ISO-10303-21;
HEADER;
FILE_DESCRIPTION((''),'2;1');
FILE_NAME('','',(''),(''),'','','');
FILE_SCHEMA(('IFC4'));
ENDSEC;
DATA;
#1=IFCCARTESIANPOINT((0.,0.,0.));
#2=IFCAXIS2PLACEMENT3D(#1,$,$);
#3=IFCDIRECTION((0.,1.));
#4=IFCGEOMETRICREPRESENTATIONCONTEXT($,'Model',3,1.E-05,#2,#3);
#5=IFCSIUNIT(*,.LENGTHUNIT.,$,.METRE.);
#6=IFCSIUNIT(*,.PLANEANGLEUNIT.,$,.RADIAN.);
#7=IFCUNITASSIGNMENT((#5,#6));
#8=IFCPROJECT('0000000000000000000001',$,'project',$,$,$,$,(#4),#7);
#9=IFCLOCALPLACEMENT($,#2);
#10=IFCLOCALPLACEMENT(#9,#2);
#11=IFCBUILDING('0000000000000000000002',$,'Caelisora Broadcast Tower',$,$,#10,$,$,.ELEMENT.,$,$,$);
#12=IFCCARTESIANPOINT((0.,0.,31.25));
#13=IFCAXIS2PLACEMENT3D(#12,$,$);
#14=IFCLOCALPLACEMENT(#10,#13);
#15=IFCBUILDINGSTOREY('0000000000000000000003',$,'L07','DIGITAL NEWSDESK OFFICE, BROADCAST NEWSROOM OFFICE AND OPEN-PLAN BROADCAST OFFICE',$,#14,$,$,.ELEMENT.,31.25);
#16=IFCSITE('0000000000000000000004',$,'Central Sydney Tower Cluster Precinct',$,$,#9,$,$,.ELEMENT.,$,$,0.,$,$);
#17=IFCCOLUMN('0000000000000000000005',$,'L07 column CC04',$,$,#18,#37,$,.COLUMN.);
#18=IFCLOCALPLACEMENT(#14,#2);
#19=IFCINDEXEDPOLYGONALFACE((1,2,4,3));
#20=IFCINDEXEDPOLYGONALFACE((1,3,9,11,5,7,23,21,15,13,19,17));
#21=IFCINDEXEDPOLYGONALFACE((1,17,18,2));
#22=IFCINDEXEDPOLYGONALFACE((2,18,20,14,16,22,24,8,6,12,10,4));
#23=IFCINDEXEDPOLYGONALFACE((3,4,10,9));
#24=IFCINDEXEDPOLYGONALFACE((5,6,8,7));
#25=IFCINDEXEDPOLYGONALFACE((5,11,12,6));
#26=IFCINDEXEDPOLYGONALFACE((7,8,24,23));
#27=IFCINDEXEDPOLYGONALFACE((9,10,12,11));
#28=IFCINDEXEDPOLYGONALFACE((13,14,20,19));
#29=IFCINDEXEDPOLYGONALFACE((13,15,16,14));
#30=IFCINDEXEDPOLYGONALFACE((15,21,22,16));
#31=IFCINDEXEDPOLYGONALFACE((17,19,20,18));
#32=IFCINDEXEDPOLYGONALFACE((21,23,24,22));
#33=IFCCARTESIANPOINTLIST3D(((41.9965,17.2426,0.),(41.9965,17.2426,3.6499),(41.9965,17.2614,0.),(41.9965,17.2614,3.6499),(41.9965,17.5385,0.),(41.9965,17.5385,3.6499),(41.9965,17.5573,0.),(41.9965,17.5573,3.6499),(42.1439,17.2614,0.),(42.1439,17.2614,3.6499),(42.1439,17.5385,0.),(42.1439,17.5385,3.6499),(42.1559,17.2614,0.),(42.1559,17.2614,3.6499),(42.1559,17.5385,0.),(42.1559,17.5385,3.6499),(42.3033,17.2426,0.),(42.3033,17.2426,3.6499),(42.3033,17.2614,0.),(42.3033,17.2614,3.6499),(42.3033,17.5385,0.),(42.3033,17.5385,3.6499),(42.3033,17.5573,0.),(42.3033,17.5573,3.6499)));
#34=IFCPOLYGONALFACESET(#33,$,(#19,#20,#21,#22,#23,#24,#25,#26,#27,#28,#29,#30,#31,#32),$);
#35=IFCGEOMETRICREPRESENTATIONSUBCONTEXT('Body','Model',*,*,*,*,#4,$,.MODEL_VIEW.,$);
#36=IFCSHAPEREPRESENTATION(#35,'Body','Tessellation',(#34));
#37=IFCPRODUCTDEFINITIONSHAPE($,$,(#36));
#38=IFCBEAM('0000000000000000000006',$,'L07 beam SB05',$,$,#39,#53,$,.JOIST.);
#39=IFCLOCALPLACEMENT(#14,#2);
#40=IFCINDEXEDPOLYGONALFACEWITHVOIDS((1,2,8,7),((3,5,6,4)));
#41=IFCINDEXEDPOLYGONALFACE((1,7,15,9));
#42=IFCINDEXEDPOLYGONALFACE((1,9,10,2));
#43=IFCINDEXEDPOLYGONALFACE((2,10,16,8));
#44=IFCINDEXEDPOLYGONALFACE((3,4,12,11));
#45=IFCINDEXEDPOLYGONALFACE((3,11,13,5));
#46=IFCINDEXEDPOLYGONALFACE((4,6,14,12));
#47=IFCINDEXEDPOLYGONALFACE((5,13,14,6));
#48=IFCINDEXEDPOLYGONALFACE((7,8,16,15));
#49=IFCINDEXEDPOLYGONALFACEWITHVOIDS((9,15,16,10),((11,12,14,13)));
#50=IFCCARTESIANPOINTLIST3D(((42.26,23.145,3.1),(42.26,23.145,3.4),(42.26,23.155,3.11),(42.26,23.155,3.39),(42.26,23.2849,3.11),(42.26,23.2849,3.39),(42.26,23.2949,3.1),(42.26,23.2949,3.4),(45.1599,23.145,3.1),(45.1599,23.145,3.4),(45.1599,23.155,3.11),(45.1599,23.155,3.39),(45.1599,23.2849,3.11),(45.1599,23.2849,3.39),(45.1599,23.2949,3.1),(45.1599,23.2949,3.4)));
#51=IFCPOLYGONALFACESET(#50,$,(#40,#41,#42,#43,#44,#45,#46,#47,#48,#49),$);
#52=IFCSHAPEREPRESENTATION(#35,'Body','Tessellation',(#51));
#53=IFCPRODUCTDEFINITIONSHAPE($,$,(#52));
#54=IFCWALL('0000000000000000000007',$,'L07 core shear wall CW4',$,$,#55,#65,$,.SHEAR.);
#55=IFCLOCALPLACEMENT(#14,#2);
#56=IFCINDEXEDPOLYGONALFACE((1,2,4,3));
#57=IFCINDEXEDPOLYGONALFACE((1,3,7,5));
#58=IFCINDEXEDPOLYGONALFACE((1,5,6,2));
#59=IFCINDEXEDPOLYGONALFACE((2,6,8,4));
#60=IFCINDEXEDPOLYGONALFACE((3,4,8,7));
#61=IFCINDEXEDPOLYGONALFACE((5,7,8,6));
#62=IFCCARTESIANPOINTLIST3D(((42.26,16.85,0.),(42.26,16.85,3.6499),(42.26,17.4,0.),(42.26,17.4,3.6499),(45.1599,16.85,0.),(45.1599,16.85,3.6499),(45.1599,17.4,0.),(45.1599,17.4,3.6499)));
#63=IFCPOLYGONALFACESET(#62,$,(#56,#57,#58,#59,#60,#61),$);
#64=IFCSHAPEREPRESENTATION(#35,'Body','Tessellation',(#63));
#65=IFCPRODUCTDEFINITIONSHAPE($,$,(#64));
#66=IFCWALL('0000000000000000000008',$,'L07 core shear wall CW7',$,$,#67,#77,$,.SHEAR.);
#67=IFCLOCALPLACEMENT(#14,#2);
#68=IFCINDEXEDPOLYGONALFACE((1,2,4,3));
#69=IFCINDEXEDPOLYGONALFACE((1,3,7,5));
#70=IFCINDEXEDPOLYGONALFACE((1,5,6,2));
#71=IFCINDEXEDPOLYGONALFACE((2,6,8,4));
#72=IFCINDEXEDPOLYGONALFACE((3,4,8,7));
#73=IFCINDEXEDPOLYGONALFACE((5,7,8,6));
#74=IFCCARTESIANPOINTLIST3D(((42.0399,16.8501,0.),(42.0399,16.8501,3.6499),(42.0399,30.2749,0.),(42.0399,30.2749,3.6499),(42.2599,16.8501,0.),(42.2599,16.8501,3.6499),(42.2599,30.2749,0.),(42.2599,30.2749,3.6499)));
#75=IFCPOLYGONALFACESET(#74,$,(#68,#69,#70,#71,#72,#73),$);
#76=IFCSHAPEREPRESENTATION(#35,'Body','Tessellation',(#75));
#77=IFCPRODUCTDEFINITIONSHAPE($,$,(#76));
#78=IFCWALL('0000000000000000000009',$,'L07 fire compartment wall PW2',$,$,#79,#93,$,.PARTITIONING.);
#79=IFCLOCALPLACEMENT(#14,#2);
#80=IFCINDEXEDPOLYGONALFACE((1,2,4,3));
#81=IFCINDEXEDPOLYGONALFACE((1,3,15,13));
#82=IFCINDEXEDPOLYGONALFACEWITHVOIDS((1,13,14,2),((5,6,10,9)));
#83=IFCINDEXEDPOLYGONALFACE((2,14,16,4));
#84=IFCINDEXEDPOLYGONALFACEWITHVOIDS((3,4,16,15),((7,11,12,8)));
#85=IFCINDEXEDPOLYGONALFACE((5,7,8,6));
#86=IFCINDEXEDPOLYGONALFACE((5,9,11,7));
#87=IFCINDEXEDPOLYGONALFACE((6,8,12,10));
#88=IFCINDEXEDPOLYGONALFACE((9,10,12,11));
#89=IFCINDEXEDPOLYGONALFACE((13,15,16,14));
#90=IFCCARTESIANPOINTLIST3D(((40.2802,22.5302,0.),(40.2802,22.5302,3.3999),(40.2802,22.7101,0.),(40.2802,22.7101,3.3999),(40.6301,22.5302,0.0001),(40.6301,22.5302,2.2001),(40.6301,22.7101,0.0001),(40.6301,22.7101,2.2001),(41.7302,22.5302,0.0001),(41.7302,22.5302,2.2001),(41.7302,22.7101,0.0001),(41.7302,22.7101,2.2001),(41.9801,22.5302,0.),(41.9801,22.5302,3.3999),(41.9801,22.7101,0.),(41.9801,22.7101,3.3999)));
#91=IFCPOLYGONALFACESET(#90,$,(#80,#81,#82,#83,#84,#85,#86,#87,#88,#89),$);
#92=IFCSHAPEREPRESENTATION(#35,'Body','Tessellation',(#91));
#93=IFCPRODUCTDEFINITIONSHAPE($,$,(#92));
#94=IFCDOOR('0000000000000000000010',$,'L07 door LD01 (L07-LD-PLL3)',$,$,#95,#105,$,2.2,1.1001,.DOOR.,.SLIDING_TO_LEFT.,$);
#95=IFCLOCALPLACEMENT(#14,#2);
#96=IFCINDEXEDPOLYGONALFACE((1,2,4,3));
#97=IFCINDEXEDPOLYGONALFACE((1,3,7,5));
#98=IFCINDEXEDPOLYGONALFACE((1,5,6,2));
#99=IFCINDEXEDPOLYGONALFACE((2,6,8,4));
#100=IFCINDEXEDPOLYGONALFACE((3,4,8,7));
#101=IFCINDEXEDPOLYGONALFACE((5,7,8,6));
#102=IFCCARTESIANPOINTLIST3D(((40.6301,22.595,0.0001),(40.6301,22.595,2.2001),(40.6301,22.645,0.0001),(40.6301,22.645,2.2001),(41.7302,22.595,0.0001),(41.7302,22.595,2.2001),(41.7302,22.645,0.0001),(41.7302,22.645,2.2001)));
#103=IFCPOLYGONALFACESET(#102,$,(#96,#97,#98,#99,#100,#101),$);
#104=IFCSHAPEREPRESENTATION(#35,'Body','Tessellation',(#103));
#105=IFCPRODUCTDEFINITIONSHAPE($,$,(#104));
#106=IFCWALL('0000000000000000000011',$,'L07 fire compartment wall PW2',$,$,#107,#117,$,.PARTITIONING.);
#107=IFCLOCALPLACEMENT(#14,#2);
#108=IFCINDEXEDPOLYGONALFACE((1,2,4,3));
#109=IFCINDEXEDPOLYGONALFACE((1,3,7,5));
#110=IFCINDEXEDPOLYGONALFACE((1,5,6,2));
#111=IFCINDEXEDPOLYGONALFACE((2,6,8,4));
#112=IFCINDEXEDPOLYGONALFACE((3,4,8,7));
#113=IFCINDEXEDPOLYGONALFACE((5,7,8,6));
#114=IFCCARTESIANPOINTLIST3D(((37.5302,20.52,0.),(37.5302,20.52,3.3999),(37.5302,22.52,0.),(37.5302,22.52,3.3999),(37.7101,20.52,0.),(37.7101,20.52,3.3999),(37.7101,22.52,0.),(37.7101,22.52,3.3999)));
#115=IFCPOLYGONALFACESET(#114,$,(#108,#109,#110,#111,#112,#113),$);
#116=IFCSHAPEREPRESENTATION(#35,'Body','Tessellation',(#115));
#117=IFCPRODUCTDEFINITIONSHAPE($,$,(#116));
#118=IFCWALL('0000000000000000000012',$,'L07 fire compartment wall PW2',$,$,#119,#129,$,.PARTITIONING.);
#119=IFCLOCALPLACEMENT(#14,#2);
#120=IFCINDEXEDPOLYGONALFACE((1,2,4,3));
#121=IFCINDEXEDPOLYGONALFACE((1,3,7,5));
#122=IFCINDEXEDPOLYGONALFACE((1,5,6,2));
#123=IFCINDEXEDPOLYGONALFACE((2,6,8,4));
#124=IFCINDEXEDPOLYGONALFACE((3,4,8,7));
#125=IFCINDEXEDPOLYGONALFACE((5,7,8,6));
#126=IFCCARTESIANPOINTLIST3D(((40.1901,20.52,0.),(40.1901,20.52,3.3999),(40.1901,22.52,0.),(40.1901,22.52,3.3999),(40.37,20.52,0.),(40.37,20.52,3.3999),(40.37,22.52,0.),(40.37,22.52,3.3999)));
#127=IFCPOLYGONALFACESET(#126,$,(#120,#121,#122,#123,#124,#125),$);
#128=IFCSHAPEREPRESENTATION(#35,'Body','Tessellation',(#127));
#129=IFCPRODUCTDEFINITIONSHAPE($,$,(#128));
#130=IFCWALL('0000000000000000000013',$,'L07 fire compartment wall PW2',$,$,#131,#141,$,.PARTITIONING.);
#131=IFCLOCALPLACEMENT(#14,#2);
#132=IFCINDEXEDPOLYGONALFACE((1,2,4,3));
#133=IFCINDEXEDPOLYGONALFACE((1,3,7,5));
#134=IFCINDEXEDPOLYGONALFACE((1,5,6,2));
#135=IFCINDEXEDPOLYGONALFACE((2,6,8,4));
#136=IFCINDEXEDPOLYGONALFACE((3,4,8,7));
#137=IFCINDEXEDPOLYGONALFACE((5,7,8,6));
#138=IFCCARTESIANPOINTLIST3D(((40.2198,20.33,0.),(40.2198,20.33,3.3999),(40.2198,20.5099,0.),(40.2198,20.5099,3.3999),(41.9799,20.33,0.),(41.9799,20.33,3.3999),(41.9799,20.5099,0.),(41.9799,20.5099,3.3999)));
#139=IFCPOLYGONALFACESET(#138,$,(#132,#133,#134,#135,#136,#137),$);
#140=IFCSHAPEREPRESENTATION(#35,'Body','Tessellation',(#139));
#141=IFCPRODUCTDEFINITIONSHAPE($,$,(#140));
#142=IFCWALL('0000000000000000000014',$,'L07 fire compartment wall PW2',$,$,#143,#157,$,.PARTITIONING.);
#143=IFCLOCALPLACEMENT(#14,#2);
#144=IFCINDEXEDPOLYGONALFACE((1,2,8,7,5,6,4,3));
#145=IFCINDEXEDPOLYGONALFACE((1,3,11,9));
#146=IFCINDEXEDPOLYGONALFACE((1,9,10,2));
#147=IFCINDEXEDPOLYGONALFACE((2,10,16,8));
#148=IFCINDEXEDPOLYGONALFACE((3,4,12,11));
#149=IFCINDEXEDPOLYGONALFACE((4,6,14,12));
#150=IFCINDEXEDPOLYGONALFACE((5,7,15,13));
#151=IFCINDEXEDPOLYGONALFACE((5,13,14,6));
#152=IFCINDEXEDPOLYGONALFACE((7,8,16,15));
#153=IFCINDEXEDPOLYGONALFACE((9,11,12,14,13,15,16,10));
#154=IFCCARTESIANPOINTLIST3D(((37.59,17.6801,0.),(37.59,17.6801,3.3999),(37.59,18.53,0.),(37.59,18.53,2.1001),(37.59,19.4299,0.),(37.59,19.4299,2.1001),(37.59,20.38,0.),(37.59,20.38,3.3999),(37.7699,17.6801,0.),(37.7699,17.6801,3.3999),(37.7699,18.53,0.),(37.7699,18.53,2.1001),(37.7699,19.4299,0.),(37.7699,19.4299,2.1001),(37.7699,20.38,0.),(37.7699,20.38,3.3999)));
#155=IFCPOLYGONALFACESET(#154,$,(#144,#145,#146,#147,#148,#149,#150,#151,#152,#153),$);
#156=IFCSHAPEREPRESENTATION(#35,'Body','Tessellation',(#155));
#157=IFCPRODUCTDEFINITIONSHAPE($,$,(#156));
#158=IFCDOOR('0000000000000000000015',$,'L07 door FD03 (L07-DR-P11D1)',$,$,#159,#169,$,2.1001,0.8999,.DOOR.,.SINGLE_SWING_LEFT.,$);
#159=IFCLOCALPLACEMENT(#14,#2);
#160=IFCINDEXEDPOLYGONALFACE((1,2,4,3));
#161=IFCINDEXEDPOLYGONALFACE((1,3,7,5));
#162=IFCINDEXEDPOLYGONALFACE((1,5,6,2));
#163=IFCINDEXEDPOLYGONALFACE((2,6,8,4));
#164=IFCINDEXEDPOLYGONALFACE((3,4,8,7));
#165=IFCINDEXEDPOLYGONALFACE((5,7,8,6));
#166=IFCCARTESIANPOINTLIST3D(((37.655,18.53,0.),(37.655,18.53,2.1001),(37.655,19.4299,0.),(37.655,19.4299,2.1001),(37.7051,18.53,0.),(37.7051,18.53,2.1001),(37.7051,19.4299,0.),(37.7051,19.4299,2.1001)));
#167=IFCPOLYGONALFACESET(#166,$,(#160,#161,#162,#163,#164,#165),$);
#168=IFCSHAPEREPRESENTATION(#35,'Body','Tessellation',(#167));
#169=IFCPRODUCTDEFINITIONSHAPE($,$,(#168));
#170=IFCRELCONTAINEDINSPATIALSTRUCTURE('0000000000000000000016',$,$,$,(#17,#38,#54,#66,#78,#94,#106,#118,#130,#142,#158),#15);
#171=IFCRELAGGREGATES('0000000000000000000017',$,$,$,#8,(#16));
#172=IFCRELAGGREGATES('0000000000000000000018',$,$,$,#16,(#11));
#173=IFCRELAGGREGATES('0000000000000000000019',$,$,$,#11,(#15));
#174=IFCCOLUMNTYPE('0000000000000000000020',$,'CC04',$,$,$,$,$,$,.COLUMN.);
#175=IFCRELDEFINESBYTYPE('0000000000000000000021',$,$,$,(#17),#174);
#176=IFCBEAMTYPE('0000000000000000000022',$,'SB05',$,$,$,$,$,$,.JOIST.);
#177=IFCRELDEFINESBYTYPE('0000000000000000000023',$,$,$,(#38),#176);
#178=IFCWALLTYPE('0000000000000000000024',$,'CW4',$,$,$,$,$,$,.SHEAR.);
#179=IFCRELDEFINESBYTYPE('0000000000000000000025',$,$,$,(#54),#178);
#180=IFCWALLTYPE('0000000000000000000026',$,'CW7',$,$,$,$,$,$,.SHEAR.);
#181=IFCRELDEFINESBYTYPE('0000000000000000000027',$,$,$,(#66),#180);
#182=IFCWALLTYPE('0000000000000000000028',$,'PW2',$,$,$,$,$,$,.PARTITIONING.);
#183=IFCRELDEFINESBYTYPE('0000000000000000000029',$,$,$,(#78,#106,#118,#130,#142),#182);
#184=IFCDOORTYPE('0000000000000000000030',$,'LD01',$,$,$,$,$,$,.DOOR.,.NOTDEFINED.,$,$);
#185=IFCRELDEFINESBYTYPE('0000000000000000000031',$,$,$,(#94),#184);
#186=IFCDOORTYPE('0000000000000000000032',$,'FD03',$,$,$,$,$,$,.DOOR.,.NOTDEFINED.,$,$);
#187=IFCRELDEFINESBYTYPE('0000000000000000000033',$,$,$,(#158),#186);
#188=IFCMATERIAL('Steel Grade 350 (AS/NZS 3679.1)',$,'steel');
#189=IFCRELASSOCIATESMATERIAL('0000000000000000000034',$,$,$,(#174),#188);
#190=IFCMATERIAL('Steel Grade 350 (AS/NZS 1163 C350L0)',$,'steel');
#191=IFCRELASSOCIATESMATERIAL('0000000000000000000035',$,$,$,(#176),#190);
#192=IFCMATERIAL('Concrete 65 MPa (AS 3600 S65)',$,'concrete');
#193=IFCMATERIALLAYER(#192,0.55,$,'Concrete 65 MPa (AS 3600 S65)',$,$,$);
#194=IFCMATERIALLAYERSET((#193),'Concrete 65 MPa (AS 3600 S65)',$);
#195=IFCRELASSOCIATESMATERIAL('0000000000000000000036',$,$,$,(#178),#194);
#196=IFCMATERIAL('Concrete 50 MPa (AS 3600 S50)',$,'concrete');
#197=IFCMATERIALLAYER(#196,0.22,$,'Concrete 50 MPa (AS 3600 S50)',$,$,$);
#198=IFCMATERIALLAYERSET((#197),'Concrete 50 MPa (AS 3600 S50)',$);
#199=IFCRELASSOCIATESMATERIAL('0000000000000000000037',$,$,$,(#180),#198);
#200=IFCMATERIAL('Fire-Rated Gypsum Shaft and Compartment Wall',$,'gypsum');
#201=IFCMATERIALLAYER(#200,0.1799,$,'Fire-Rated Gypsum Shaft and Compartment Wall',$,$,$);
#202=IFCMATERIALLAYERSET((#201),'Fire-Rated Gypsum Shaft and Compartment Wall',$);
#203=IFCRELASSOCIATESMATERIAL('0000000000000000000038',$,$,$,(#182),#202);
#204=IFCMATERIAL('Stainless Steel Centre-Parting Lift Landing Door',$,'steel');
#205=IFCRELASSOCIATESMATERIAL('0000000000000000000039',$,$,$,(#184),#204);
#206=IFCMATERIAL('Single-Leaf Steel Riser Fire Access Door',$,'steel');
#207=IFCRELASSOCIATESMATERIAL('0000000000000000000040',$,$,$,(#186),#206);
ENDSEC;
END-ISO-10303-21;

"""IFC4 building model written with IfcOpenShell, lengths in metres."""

from ifc_helpers import new_model, si_unit, direction, frame, frame_2d, origin, origin_2d, place, context, subcontext, project, spatial, rectangle, hollow_rectangle, i_section, extrude, source, transform, mapped, material, layer, layer_set, material_profile, profile_set, type_object, type_shapes, element, fill, save


model = new_model("IFC4")

# Units and contexts
model_context = context("Model", 3, precision=1e-05, world=origin(), true_north=direction((0.0, 1.0)))
body_context = subcontext(model_context, "Body", "Model", "MODEL_VIEW")
ifc_project = project(units=[si_unit("LENGTHUNIT", "METRE"), si_unit("PLANEANGLEUNIT", "RADIAN")], contexts=[model_context])

# Site, building, storey
site_placement = place(None, origin())
site = spatial("IfcSite", under=ifc_project, at=site_placement, Name="Central Sydney Tower Cluster Precinct", CompositionType="ELEMENT", RefElevation=0.0)
building_placement = place(site_placement, origin())
building = spatial("IfcBuilding", under=site, at=building_placement, Name="Caelisora Broadcast Tower", CompositionType="ELEMENT")
storey_placement = place(building_placement, frame((0.0, 0.0, 31.25)))
storey = spatial("IfcBuildingStorey", under=building, at=storey_placement, Name="L07", Description="DIGITAL NEWSDESK OFFICE, BROADCAST NEWSROOM OFFICE AND OPEN-PLAN BROADCAST OFFICE", CompositionType="ELEMENT", Elevation=31.25)

# Column
ifc_material_1 = material(Name="Steel Grade 350 (AS/NZS 3679.1)", Category="steel")
ifc_material_profile_1 = material_profile(ifc_material_1, i_section(OverallWidth=0.3069, OverallDepth=0.3147, WebThickness=0.012, FlangeThickness=0.0188, at=origin_2d()), Name="Steel Grade 350 (AS/NZS 3679.1)")
ifc_profile_set_1 = profile_set([ifc_material_profile_1], Name="Steel Grade 350 (AS/NZS 3679.1)")
column_type = type_object("IfcColumnType", Name="CC04", PredefinedType="COLUMN", material=ifc_profile_set_1)
shared_shape_1 = source(origin(), body_context, "Body", "SweptSolid", [
    extrude(i_section(OverallWidth=0.3069, OverallDepth=0.3147, WebThickness=0.012, FlangeThickness=0.0188, at=origin_2d()), origin(), (0.0, 0.0, 1.0), 3.6499),
])
type_shapes(column_type, [shared_shape_1])
column_placement = place(storey_placement, frame((42.1499, 17.3999, 0.0), z_axis=(0.0, 0.0, 1.0), x_axis=(1.0, 0.0, 0.0)))
element("IfcColumn", 1, at=column_placement, inside=storey, type_object=column_type, Name="L07 column CC04", PredefinedType="COLUMN", context=body_context, shape_type="MappedRepresentation", body=[
    mapped(shared_shape_1, transform((0.0, 0.0, 0.0), scale=1.0)),
])

# Beam
ifc_material_2 = material(Name="Steel Grade 350 (AS/NZS 1163 C350L0)", Category="steel")
ifc_material_profile_2 = material_profile(ifc_material_2, hollow_rectangle(XDim=0.1499, YDim=0.3, WallThickness=0.01, at=origin_2d()), Name="Steel Grade 350 (AS/NZS 1163 C350L0)")
ifc_profile_set_2 = profile_set([ifc_material_profile_2], Name="Steel Grade 350 (AS/NZS 1163 C350L0)")
beam_type = type_object("IfcBeamType", Name="SB05", PredefinedType="JOIST", material=ifc_profile_set_2)
shared_shape_2 = source(origin(), body_context, "Body", "SweptSolid", [
    extrude(hollow_rectangle(XDim=0.1499, YDim=0.3, WallThickness=0.01, at=origin_2d()), origin(), (0.0, 0.0, 1.0), 2.8999),
])
type_shapes(beam_type, [shared_shape_2])
beam_placement = place(storey_placement, frame((42.26, 23.22, 3.25), z_axis=(1.0, 0.0, 0.0), x_axis=(0.0, 1.0, 0.0)))
element("IfcBeam", 2, at=beam_placement, inside=storey, type_object=beam_type, Name="L07 beam SB05", PredefinedType="JOIST", context=body_context, shape_type="MappedRepresentation", body=[
    mapped(shared_shape_2, transform((0.0, 0.0, 0.0), scale=1.0)),
])

# Shared definitions
ifc_material_3 = material(Name="Concrete 65 MPa (AS 3600 S65)", Category="concrete")

# Walls
ifc_layer_1 = layer(ifc_material_3, 0.55, Name="Concrete 65 MPa (AS 3600 S65)")
ifc_layer_set_1 = layer_set([ifc_layer_1], Name="Concrete 65 MPa (AS 3600 S65)")
wall_type_1 = type_object("IfcWallType", Name="CW4", PredefinedType="SHEAR", material=ifc_layer_set_1)
wall_1_placement = place(storey_placement, frame((42.26, 17.125, 0.0), z_axis=(0.0, 0.0, 1.0), x_axis=(1.0, 0.0, 0.0)))
element("IfcWall", 3, at=wall_1_placement, inside=storey, type_object=wall_type_1, Name="L07 core shear wall CW4", PredefinedType="SHEAR", context=body_context, shape_type="SweptSolid", body=[
    extrude(rectangle(XDim=2.8999, YDim=0.55, at=frame_2d((1.45, 0.0))), origin(), (0.0, 0.0, 1.0), 3.6499),
])
ifc_material_4 = material(Name="Concrete 50 MPa (AS 3600 S50)", Category="concrete")
ifc_layer_2 = layer(ifc_material_4, 0.22, Name="Concrete 50 MPa (AS 3600 S50)")
ifc_layer_set_2 = layer_set([ifc_layer_2], Name="Concrete 50 MPa (AS 3600 S50)")
wall_type_2 = type_object("IfcWallType", Name="CW7", PredefinedType="SHEAR", material=ifc_layer_set_2)
wall_2_placement = place(storey_placement, frame((42.1499, 16.8501, 0.0), z_axis=(0.0, 0.0, 1.0), x_axis=(0.0, 1.0, 0.0)))
element("IfcWall", 4, at=wall_2_placement, inside=storey, type_object=wall_type_2, Name="L07 core shear wall CW7", PredefinedType="SHEAR", context=body_context, shape_type="SweptSolid", body=[
    extrude(rectangle(XDim=13.4248, YDim=0.22, at=frame_2d((6.7124, 0.0))), origin(), (0.0, 0.0, 1.0), 3.6499),
])

# Wall, opening, door
ifc_material_5 = material(Name="Fire-Rated Gypsum Shaft and Compartment Wall", Category="gypsum")
ifc_layer_3 = layer(ifc_material_5, 0.1799, Name="Fire-Rated Gypsum Shaft and Compartment Wall")
ifc_layer_set_3 = layer_set([ifc_layer_3], Name="Fire-Rated Gypsum Shaft and Compartment Wall")
wall_type_3 = type_object("IfcWallType", Name="PW2", PredefinedType="PARTITIONING", material=ifc_layer_set_3)
wall_3_placement = place(storey_placement, frame((40.28, 22.6201, 0.0), z_axis=(0.0, 0.0, 1.0), x_axis=(1.0, 0.0, 0.0)))
wall_3 = element("IfcWall", 5, at=wall_3_placement, inside=storey, type_object=wall_type_3, Name="L07 fire compartment wall PW2", PredefinedType="PARTITIONING", context=body_context, shape_type="SweptSolid", body=[
    extrude(rectangle(XDim=1.7, YDim=0.1799, at=frame_2d((0.8501, 0.0))), origin(), (0.0, 0.0, 1.0), 3.3999),
])
opening_1_placement = place(wall_3_placement, frame((0.3501, 0.0, 0.0)))
opening_1 = element("IfcOpeningElement", 6, at=opening_1_placement, cuts=wall_3, PredefinedType="OPENING", context=body_context, shape_type="SweptSolid", body=[
    extrude(rectangle(XDim=1.1001, YDim=2.2, at=frame_2d((0.55, 1.1001))), frame((0.0, 0.1021, 0.0), z_axis=(0.0, -1.0, 0.0), x_axis=(1.0, 0.0, 0.0)), (0.0, 0.0, 1.0), 0.2039),
])
ifc_material_6 = material(Name="Stainless Steel Centre-Parting Lift Landing Door", Category="steel")
door_type_1 = type_object("IfcDoorType", Name="LD01", OperationType="NOTDEFINED", PredefinedType="DOOR", material=ifc_material_6)
door_1_placement = place(opening_1_placement, origin())
door_1 = element("IfcDoor", 7, at=door_1_placement, inside=storey, type_object=door_type_1, Name="L07 door LD01 (L07-LD-PLL3)", OperationType="SLIDING_TO_LEFT", OverallHeight=2.2, OverallWidth=1.1001, PredefinedType="DOOR", context=body_context, shape_type="SweptSolid", body=[
    extrude(rectangle(XDim=1.1001, YDim=2.2, at=frame_2d((0.55, 1.1001))), frame((0.0, 0.0249, 0.0), z_axis=(0.0, -1.0, 0.0), x_axis=(1.0, 0.0, 0.0)), (0.0, 0.0, 1.0), 0.05),
])
fill(opening_1, door_1)

# Walls
for number, where, z_axis, x_axis, name in (
    (8, (37.6201, 20.52, 0.0), (0.0, 0.0, 1.0), (0.0, 1.0, 0.0), "L07 fire compartment wall PW2"),
    (9, (40.28, 20.52, 0.0), (0.0, 0.0, 1.0), (0.0, 1.0, 0.0), "L07 fire compartment wall PW2"),
):
    element("IfcWall", number, at=place(storey_placement, frame(where, z_axis=z_axis, x_axis=x_axis)), inside=storey, type_object=wall_type_3, Name=name, PredefinedType="PARTITIONING", context=body_context, shape_type="SweptSolid", body=[
        extrude(rectangle(XDim=2.0, YDim=0.1799, at=frame_2d((1.0, 0.0))), origin(), (0.0, 0.0, 1.0), 3.3999),
    ])
wall_4_placement = place(storey_placement, frame((40.22, 20.4199, 0.0), z_axis=(0.0, 0.0, 1.0), x_axis=(1.0, 0.0, 0.0)))
element("IfcWall", 10, at=wall_4_placement, inside=storey, type_object=wall_type_3, Name="L07 fire compartment wall PW2", PredefinedType="PARTITIONING", context=body_context, shape_type="SweptSolid", body=[
    extrude(rectangle(XDim=1.76, YDim=0.1799, at=frame_2d((0.8799, 0.0))), origin(), (0.0, 0.0, 1.0), 3.3999),
])

# Wall, opening, door
wall_5_placement = place(storey_placement, frame((37.6799, 17.6799, 0.0), z_axis=(0.0, 0.0, 1.0), x_axis=(0.0, 1.0, 0.0)))
wall_5 = element("IfcWall", 11, at=wall_5_placement, inside=storey, type_object=wall_type_3, Name="L07 fire compartment wall PW2", PredefinedType="PARTITIONING", context=body_context, shape_type="SweptSolid", body=[
    extrude(rectangle(XDim=2.7, YDim=0.1799, at=frame_2d((1.3501, 0.0))), origin(), (0.0, 0.0, 1.0), 3.3999),
])
opening_2_placement = place(wall_5_placement, frame((0.8501, 0.0, 0.0)))
opening_2 = element("IfcOpeningElement", 12, at=opening_2_placement, cuts=wall_5, PredefinedType="OPENING", context=body_context, shape_type="SweptSolid", body=[
    extrude(rectangle(XDim=0.8999, YDim=2.1001, at=frame_2d((0.45, 1.05))), frame((0.0, 0.1021, 0.0), z_axis=(0.0, -1.0, 0.0), x_axis=(1.0, 0.0, 0.0)), (0.0, 0.0, 1.0), 0.2039),
])
ifc_material_7 = material(Name="Single-Leaf Steel Riser Fire Access Door", Category="steel")
door_type_2 = type_object("IfcDoorType", Name="FD03", OperationType="NOTDEFINED", PredefinedType="DOOR", material=ifc_material_7)
door_2_placement = place(opening_2_placement, origin())
door_2 = element("IfcDoor", 13, at=door_2_placement, inside=storey, type_object=door_type_2, Name="L07 door FD03 (L07-DR-P11D1)", OperationType="SINGLE_SWING_LEFT", OverallHeight=2.1001, OverallWidth=0.8999, PredefinedType="DOOR", context=body_context, shape_type="SweptSolid", body=[
    extrude(rectangle(XDim=0.8999, YDim=2.1001, at=frame_2d((0.45, 1.05))), frame((0.0, 0.0249, 0.0), z_axis=(0.0, -1.0, 0.0), x_axis=(1.0, 0.0, 0.0)), (0.0, 0.0, 1.0), 0.05),
])
fill(opening_2, door_2)

save(model, "model.ifc")
